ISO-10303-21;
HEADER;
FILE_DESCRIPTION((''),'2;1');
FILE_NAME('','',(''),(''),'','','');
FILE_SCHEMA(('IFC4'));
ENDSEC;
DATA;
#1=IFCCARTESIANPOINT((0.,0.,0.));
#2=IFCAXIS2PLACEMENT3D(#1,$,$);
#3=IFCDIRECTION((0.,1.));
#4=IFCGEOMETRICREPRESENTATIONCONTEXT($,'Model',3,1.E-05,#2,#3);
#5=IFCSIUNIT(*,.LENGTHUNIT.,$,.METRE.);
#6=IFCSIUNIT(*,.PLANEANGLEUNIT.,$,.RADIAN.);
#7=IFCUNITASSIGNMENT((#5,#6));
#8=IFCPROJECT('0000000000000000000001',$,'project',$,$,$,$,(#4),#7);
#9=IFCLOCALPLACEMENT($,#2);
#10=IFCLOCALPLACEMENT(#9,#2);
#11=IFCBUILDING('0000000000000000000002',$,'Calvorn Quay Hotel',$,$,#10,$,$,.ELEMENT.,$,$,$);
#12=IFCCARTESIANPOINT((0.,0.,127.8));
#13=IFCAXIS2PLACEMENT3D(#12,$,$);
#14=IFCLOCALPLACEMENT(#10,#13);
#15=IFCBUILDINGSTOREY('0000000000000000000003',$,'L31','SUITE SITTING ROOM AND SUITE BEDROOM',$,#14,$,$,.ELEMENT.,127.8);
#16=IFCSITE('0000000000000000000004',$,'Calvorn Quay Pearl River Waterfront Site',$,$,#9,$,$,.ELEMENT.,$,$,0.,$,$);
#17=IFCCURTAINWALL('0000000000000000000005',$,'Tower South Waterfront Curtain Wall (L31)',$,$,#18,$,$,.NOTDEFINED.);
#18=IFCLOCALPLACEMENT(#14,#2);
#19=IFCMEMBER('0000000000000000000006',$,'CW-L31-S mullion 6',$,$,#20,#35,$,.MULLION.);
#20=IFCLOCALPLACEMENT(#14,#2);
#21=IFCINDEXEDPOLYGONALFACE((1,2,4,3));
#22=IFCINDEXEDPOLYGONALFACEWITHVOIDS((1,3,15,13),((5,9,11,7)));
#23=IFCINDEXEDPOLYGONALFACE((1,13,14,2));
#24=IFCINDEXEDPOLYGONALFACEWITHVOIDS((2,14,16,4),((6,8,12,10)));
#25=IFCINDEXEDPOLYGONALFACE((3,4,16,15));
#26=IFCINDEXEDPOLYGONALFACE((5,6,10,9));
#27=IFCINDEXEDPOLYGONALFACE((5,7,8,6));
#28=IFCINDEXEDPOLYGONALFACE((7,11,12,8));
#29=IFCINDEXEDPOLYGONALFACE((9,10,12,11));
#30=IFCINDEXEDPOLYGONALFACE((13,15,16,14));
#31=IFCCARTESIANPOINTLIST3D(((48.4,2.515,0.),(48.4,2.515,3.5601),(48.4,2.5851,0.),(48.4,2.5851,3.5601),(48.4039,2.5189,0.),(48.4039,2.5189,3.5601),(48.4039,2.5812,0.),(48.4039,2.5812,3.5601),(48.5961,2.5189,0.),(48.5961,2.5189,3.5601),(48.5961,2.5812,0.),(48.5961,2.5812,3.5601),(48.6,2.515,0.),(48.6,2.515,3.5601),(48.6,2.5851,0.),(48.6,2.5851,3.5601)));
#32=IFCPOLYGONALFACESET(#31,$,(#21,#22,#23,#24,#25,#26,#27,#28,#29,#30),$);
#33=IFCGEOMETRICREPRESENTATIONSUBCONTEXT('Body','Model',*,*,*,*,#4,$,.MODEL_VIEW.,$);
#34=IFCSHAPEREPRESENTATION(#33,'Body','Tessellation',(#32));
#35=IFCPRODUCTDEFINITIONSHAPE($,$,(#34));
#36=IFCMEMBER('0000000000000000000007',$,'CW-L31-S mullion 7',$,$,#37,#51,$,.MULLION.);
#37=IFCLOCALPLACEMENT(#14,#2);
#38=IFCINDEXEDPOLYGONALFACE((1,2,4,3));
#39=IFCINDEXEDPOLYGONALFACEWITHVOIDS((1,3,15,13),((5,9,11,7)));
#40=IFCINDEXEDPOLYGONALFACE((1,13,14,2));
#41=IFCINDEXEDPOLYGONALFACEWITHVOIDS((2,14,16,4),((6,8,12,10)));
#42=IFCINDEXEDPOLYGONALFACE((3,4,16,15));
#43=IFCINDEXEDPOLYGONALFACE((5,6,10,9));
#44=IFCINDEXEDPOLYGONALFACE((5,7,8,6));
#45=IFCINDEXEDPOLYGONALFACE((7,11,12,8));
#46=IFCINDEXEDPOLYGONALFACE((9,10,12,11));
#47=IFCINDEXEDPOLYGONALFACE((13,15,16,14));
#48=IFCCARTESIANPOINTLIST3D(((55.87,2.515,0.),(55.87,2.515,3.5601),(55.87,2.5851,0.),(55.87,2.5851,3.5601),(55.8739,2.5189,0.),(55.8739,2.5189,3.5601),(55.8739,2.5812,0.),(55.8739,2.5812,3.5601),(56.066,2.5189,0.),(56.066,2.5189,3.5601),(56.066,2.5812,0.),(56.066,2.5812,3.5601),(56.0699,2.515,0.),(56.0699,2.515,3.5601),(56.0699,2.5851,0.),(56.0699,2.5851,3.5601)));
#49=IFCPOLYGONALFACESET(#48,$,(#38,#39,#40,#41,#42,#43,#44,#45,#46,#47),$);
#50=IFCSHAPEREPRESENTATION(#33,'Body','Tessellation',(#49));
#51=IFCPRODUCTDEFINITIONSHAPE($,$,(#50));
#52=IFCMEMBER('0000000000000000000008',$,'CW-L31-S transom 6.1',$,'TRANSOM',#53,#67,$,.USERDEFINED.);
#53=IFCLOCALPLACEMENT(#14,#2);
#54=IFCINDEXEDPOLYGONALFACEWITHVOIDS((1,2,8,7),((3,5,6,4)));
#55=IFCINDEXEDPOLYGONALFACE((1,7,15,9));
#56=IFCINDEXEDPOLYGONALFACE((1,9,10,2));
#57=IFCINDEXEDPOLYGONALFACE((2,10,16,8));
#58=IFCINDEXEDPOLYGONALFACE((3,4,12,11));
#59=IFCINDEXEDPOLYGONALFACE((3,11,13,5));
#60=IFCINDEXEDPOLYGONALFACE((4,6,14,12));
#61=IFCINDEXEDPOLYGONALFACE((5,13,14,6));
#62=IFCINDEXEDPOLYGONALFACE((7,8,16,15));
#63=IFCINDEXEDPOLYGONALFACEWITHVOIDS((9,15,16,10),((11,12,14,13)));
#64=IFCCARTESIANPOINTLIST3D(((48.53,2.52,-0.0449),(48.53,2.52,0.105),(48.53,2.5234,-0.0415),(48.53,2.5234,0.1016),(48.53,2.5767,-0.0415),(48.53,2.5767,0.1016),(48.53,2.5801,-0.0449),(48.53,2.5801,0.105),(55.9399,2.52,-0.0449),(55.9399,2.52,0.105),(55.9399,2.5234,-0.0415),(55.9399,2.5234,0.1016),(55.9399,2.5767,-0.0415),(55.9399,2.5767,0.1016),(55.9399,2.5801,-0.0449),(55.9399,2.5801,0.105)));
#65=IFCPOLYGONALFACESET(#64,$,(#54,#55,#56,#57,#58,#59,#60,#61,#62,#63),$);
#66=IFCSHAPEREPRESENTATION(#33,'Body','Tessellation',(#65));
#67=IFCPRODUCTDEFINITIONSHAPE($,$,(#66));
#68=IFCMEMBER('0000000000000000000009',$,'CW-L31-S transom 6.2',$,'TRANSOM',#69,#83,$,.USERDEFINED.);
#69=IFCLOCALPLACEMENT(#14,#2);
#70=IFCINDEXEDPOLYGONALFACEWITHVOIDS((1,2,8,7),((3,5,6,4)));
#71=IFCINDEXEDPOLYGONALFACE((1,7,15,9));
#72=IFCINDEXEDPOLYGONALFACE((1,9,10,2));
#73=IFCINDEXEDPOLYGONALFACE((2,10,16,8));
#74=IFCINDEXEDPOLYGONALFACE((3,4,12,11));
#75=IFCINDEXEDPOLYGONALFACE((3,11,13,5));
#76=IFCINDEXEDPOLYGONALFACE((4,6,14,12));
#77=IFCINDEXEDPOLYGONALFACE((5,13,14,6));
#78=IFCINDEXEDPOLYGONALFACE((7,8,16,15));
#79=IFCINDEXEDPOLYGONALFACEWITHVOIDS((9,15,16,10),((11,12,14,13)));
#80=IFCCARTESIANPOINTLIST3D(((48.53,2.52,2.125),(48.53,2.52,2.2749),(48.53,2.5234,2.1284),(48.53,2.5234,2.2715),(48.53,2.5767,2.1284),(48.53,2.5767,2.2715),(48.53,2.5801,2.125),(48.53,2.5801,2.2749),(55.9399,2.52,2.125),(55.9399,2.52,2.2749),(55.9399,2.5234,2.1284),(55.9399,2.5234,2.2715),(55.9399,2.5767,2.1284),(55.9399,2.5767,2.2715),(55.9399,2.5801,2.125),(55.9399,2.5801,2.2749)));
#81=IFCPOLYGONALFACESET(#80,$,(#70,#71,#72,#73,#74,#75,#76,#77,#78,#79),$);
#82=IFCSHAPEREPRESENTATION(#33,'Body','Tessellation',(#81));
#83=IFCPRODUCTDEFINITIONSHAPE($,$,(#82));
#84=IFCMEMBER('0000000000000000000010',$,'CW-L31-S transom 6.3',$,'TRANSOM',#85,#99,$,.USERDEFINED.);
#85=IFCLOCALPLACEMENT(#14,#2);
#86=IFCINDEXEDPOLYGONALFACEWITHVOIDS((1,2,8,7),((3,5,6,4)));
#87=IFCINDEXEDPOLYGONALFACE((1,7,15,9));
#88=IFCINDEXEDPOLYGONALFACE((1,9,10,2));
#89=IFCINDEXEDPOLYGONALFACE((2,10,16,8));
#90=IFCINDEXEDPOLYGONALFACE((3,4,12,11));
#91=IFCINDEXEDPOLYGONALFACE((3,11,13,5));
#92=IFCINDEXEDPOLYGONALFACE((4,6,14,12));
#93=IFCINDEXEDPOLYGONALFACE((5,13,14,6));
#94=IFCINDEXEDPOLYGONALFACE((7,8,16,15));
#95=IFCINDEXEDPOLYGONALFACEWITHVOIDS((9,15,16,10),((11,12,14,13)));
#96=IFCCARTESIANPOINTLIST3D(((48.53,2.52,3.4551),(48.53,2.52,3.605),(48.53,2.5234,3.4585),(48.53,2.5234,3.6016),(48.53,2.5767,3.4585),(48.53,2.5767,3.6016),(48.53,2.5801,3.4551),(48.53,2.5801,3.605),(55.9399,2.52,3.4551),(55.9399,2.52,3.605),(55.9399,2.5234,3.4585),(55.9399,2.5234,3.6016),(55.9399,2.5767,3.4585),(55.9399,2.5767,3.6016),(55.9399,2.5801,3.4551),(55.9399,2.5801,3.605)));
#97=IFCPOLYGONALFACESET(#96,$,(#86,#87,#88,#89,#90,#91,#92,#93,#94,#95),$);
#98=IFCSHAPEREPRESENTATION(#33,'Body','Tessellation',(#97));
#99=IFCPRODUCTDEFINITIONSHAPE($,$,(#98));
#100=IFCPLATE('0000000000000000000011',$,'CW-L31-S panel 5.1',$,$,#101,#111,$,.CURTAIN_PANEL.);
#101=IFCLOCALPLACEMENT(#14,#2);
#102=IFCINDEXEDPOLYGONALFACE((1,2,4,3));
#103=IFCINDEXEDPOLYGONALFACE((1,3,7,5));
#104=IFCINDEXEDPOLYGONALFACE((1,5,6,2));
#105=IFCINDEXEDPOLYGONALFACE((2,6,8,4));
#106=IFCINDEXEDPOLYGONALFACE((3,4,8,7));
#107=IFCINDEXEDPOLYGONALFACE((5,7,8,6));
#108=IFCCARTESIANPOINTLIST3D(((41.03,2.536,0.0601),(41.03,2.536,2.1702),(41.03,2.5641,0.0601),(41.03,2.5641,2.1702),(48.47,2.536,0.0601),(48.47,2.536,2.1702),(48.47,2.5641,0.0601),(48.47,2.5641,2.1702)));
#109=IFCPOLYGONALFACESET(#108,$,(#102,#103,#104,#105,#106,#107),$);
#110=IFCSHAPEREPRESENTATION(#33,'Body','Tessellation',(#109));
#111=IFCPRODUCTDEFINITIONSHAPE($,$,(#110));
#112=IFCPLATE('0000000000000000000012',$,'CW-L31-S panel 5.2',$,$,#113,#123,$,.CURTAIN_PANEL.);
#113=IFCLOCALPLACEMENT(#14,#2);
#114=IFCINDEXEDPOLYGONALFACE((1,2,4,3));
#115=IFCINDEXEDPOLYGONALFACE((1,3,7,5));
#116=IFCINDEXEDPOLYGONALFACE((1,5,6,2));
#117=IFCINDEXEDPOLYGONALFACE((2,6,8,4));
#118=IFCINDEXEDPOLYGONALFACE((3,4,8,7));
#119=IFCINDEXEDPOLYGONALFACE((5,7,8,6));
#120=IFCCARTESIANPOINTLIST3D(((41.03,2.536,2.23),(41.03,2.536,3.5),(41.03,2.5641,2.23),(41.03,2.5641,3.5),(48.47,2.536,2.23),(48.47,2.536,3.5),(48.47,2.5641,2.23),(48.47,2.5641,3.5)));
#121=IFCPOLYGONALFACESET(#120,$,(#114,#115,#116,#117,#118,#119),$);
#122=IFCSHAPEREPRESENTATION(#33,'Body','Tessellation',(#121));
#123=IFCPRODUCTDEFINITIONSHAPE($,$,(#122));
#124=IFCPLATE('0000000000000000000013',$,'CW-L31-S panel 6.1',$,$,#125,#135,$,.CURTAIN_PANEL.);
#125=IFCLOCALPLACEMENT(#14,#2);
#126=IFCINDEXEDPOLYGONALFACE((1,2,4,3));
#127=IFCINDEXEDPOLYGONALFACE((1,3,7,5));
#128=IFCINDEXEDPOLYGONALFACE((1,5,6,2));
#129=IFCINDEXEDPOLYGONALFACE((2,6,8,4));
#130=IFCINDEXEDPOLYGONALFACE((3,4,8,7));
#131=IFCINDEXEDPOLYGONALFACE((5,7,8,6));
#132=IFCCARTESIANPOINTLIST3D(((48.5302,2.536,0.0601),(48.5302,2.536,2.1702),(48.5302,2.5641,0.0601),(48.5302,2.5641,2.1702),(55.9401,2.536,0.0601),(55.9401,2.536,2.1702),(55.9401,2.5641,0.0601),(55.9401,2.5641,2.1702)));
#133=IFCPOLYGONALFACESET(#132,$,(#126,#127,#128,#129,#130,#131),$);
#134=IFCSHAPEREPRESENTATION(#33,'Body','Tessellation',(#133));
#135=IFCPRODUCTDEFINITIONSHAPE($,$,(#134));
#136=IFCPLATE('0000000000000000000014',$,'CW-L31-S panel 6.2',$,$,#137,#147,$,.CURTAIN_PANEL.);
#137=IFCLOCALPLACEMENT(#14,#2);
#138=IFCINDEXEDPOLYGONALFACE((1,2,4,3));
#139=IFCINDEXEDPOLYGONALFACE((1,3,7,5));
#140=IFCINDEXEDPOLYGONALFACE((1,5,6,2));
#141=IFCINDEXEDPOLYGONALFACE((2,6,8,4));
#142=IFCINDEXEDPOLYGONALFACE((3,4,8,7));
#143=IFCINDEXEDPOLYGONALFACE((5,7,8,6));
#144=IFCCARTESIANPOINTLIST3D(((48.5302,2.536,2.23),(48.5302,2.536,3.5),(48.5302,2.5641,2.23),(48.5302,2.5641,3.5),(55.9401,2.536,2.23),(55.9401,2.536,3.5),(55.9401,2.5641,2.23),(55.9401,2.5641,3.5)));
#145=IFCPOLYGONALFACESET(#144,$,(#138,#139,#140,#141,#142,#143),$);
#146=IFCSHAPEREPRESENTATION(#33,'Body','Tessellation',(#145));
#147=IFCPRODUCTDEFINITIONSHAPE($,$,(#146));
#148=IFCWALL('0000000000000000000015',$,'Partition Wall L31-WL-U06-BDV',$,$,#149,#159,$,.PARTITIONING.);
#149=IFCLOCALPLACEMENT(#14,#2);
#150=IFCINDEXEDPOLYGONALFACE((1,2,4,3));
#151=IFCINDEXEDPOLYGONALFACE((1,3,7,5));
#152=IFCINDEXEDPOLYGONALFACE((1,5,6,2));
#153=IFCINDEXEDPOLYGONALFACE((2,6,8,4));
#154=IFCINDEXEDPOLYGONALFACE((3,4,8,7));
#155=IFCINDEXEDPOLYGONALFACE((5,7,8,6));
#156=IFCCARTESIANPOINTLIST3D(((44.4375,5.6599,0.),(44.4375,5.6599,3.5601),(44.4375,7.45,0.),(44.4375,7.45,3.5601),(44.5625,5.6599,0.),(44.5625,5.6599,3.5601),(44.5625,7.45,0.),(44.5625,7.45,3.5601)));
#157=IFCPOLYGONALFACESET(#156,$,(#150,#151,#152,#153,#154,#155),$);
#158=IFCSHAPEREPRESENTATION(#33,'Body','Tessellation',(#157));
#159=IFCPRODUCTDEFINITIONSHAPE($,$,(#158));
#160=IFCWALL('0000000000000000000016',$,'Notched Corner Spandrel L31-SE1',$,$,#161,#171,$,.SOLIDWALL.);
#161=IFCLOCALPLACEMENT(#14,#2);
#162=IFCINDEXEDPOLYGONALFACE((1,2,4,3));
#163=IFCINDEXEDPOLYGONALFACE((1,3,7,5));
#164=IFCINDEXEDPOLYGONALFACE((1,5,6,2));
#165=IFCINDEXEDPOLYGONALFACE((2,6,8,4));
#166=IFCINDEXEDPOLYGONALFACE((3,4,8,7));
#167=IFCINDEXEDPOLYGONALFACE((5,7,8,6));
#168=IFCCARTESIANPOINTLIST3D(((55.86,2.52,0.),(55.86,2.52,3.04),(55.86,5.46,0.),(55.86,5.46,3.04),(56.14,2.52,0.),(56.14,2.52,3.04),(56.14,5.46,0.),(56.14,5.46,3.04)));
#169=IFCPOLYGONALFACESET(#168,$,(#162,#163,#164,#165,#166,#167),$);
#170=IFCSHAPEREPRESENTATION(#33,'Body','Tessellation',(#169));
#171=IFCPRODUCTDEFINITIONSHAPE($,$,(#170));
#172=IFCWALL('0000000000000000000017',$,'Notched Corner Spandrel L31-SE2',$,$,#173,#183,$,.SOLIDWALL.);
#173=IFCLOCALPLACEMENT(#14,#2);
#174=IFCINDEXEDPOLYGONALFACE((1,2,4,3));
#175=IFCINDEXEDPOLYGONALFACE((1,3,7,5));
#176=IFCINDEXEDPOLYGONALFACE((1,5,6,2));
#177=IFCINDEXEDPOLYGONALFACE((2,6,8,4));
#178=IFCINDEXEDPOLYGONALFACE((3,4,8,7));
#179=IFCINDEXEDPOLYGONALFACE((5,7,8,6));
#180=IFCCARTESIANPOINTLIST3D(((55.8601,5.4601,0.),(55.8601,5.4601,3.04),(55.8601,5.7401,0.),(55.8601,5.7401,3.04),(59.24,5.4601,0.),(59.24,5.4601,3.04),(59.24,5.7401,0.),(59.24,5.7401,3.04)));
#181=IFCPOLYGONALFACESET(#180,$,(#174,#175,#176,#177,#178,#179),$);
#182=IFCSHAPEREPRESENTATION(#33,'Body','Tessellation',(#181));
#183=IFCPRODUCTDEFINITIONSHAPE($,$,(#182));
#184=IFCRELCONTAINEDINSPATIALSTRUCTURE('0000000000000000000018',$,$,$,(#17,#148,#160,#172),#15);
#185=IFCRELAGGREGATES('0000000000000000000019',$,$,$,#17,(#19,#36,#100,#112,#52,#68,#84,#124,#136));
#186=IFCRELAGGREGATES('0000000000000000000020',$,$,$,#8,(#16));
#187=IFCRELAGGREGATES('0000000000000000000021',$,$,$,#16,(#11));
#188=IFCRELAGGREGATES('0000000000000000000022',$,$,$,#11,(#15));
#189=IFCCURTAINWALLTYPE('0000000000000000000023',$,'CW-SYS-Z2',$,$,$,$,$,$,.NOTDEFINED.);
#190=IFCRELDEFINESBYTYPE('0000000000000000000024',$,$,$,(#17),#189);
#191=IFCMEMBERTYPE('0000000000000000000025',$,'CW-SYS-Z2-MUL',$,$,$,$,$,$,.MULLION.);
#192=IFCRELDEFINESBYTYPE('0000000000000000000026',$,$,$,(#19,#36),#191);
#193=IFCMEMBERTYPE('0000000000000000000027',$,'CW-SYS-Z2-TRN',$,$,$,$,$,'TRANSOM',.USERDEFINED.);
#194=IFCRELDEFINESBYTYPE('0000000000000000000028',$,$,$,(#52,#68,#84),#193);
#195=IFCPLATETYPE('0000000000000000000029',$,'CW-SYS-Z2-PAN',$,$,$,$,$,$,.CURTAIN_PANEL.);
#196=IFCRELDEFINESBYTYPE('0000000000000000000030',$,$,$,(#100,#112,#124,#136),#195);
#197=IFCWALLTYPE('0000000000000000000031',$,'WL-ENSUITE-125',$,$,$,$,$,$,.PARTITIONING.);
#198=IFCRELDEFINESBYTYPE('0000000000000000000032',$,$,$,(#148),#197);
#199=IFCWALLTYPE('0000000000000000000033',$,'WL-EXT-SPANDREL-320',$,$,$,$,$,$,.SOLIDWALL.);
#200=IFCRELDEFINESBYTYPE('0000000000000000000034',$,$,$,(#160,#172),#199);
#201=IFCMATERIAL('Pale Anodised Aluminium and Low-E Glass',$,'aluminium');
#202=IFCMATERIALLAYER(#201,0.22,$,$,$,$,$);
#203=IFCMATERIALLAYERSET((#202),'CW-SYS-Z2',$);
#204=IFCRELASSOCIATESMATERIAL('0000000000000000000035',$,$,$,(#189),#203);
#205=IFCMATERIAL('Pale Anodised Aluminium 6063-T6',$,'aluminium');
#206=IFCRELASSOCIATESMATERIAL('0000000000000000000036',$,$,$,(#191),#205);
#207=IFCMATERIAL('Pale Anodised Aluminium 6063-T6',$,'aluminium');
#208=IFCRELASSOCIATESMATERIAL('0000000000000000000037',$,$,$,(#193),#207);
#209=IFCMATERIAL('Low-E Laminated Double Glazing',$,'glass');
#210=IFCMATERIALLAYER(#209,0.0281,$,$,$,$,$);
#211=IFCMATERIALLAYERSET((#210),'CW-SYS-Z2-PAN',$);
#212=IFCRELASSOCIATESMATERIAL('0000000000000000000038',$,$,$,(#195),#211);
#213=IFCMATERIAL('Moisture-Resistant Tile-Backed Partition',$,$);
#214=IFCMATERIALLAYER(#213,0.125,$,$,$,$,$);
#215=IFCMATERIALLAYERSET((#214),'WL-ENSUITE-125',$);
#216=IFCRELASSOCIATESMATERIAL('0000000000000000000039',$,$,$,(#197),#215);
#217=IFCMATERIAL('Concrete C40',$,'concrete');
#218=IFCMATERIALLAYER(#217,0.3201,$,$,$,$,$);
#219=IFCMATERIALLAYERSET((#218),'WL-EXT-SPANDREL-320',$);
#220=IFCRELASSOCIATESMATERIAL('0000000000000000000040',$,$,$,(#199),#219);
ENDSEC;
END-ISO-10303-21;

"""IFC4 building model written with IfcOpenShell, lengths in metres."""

from ifc_helpers import new_model, si_unit, direction, frame, frame_2d, origin, origin_2d, place, context, subcontext, project, spatial, rectangle, hollow_rectangle, extrude, material, layer, layer_set, material_profile, profile_set, type_object, element, aggregate, save


model = new_model("IFC4")

# Units and contexts
model_context = context("Model", 3, precision=1e-05, world=origin(), true_north=direction((0.0, 1.0)))
body_context = subcontext(model_context, "Body", "Model", "MODEL_VIEW")
ifc_project = project(units=[si_unit("LENGTHUNIT", "METRE"), si_unit("PLANEANGLEUNIT", "RADIAN")], contexts=[model_context])

# Site, building, storey
site_placement = place(None, origin())
site = spatial("IfcSite", under=ifc_project, at=site_placement, Name="Calvorn Quay Pearl River Waterfront Site", CompositionType="ELEMENT", RefElevation=0.0)
building_placement = place(site_placement, origin())
building = spatial("IfcBuilding", under=site, at=building_placement, Name="Calvorn Quay Hotel", CompositionType="ELEMENT")
storey_placement = place(building_placement, frame((0.0, 0.0, 127.8)))
storey = spatial("IfcBuildingStorey", under=building, at=storey_placement, Name="L31", Description="SUITE SITTING ROOM AND SUITE BEDROOM", CompositionType="ELEMENT", Elevation=127.8)

# Curtain wall, members, plates
ifc_material_1 = material(Name="Pale Anodised Aluminium and Low-E Glass", Category="aluminium")
ifc_layer_1 = layer(ifc_material_1, 0.22)
ifc_layer_set_1 = layer_set([ifc_layer_1], Name="CW-SYS-Z2")
curtain_wall_type = type_object("IfcCurtainWallType", Name="CW-SYS-Z2", PredefinedType="NOTDEFINED", material=ifc_layer_set_1)
curtain_wall_placement = place(storey_placement, origin())
curtain_wall = element("IfcCurtainWall", 1, at=curtain_wall_placement, inside=storey, type_object=curtain_wall_type, Name="Tower South Waterfront Curtain Wall (L31)", PredefinedType="NOTDEFINED")
ifc_material_2 = material(Name="Pale Anodised Aluminium 6063-T6", Category="aluminium")
ifc_material_profile_1 = material_profile(ifc_material_2, hollow_rectangle(XDim=0.0701, YDim=0.2, WallThickness=0.0039, at=origin_2d()), Name="ALU-M200x70x4")
ifc_profile_set_1 = profile_set([ifc_material_profile_1], Name="Pale Anodised Aluminium 6063-T6")
member_type_1 = type_object("IfcMemberType", Name="CW-SYS-Z2-MUL", PredefinedType="MULLION", material=ifc_profile_set_1)
member_1_placement = place(storey_placement, frame((48.5, 2.55, 0.0), z_axis=(0.0, 0.0, 1.0), x_axis=(0.0, 1.0, 0.0)))
member_1 = element("IfcMember", 2, at=member_1_placement, type_object=member_type_1, Name="CW-L31-S mullion 6", PredefinedType="MULLION", context=body_context, shape_type="SweptSolid", body=[
    extrude(hollow_rectangle(XDim=0.0701, YDim=0.2, WallThickness=0.0039, at=origin_2d()), origin(), (0.0, 0.0, 1.0), 3.5601),
])
member_2_placement = place(storey_placement, frame((55.97, 2.55, 0.0), z_axis=(0.0, 0.0, 1.0), x_axis=(0.0, 1.0, 0.0)))
member_2 = element("IfcMember", 3, at=member_2_placement, type_object=member_type_1, Name="CW-L31-S mullion 7", PredefinedType="MULLION", context=body_context, shape_type="SweptSolid", body=[
    extrude(hollow_rectangle(XDim=0.0701, YDim=0.2, WallThickness=0.0039, at=origin_2d()), origin(), (0.0, 0.0, 1.0), 3.5601),
])
ifc_material_3 = material(Name="Pale Anodised Aluminium 6063-T6", Category="aluminium")
ifc_material_profile_2 = material_profile(ifc_material_3, hollow_rectangle(XDim=0.0601, YDim=0.1499, WallThickness=0.0034, at=origin_2d()), Name="ALU-T150x60x3.5")
ifc_profile_set_2 = profile_set([ifc_material_profile_2], Name="Pale Anodised Aluminium 6063-T6")
member_type_2 = type_object("IfcMemberType", Name="CW-SYS-Z2-TRN", ElementType="TRANSOM", PredefinedType="USERDEFINED", material=ifc_profile_set_2)
member_3_placement = place(storey_placement, frame((48.53, 2.55, 0.03), z_axis=(1.0, 0.0, 0.0), x_axis=(0.0, 1.0, 0.0)))
member_3 = element("IfcMember", 4, at=member_3_placement, type_object=member_type_2, Name="CW-L31-S transom 6.1", ObjectType="TRANSOM", PredefinedType="USERDEFINED", context=body_context, shape_type="SweptSolid", body=[
    extrude(hollow_rectangle(XDim=0.0601, YDim=0.1499, WallThickness=0.0034, at=origin_2d()), origin(), (0.0, 0.0, 1.0), 7.4099),
])
member_4_placement = place(storey_placement, frame((48.53, 2.55, 2.2), z_axis=(1.0, 0.0, 0.0), x_axis=(0.0, 1.0, 0.0)))
member_4 = element("IfcMember", 5, at=member_4_placement, type_object=member_type_2, Name="CW-L31-S transom 6.2", ObjectType="TRANSOM", PredefinedType="USERDEFINED", context=body_context, shape_type="SweptSolid", body=[
    extrude(hollow_rectangle(XDim=0.0601, YDim=0.1499, WallThickness=0.0034, at=origin_2d()), origin(), (0.0, 0.0, 1.0), 7.4099),
])
member_5_placement = place(storey_placement, frame((48.53, 2.55, 3.53), z_axis=(1.0, 0.0, 0.0), x_axis=(0.0, 1.0, 0.0)))
member_5 = element("IfcMember", 6, at=member_5_placement, type_object=member_type_2, Name="CW-L31-S transom 6.3", ObjectType="TRANSOM", PredefinedType="USERDEFINED", context=body_context, shape_type="SweptSolid", body=[
    extrude(hollow_rectangle(XDim=0.0601, YDim=0.1499, WallThickness=0.0034, at=origin_2d()), origin(), (0.0, 0.0, 1.0), 7.4099),
])
ifc_material_4 = material(Name="Low-E Laminated Double Glazing", Category="glass")
ifc_layer_2 = layer(ifc_material_4, 0.0281)
ifc_layer_set_2 = layer_set([ifc_layer_2], Name="CW-SYS-Z2-PAN")
plate_type = type_object("IfcPlateType", Name="CW-SYS-Z2-PAN", PredefinedType="CURTAIN_PANEL", material=ifc_layer_set_2)
plate_1_placement = place(storey_placement, frame((44.75, 2.55, 0.0601), z_axis=(0.0, 0.0, 1.0), x_axis=(1.0, 0.0, 0.0)))
plate_1 = element("IfcPlate", 7, at=plate_1_placement, type_object=plate_type, Name="CW-L31-S panel 5.1", PredefinedType="CURTAIN_PANEL", context=body_context, shape_type="SweptSolid", body=[
    extrude(rectangle(XDim=7.4399, YDim=0.0281, at=origin_2d()), origin(), (0.0, 0.0, 1.0), 2.1101),
])
plate_2_placement = place(storey_placement, frame((44.75, 2.55, 2.23), z_axis=(0.0, 0.0, 1.0), x_axis=(1.0, 0.0, 0.0)))
plate_2 = element("IfcPlate", 8, at=plate_2_placement, type_object=plate_type, Name="CW-L31-S panel 5.2", PredefinedType="CURTAIN_PANEL", context=body_context, shape_type="SweptSolid", body=[
    extrude(rectangle(XDim=7.4399, YDim=0.0281, at=origin_2d()), origin(), (0.0, 0.0, 1.0), 1.27),
])
plate_3_placement = place(storey_placement, frame((52.2351, 2.55, 0.0601), z_axis=(0.0, 0.0, 1.0), x_axis=(1.0, 0.0, 0.0)))
plate_3 = element("IfcPlate", 9, at=plate_3_placement, type_object=plate_type, Name="CW-L31-S panel 6.1", PredefinedType="CURTAIN_PANEL", context=body_context, shape_type="SweptSolid", body=[
    extrude(rectangle(XDim=7.4099, YDim=0.0281, at=origin_2d()), origin(), (0.0, 0.0, 1.0), 2.1101),
])
plate_4_placement = place(storey_placement, frame((52.2351, 2.55, 2.23), z_axis=(0.0, 0.0, 1.0), x_axis=(1.0, 0.0, 0.0)))
plate_4 = element("IfcPlate", 10, at=plate_4_placement, type_object=plate_type, Name="CW-L31-S panel 6.2", PredefinedType="CURTAIN_PANEL", context=body_context, shape_type="SweptSolid", body=[
    extrude(rectangle(XDim=7.4099, YDim=0.0281, at=origin_2d()), origin(), (0.0, 0.0, 1.0), 1.27),
])
aggregate(curtain_wall, [member_1, member_2, plate_1, plate_2, member_3, member_4, member_5, plate_3, plate_4])

# Walls
ifc_material_5 = material(Name="Moisture-Resistant Tile-Backed Partition")
ifc_layer_3 = layer(ifc_material_5, 0.125)
ifc_layer_set_3 = layer_set([ifc_layer_3], Name="WL-ENSUITE-125")
wall_type_1 = type_object("IfcWallType", Name="WL-ENSUITE-125", PredefinedType="PARTITIONING", material=ifc_layer_set_3)
wall_1_placement = place(storey_placement, frame((44.5, 5.6599, 0.0), z_axis=(0.0, 0.0, 1.0), x_axis=(0.0, 1.0, 0.0)))
element("IfcWall", 11, at=wall_1_placement, inside=storey, type_object=wall_type_1, Name="Partition Wall L31-WL-U06-BDV", PredefinedType="PARTITIONING", context=body_context, shape_type="SweptSolid", body=[
    extrude(rectangle(XDim=1.79, YDim=0.125, at=frame_2d((0.895, 0.0))), origin(), (0.0, 0.0, 1.0), 3.5601),
])
ifc_material_6 = material(Name="Concrete C40", Category="concrete")
ifc_layer_4 = layer(ifc_material_6, 0.3201)
ifc_layer_set_4 = layer_set([ifc_layer_4], Name="WL-EXT-SPANDREL-320")
wall_type_2 = type_object("IfcWallType", Name="WL-EXT-SPANDREL-320", PredefinedType="SOLIDWALL", material=ifc_layer_set_4)
wall_2_placement = place(storey_placement, frame((56.0, 2.52, 0.0), z_axis=(0.0, 0.0, 1.0), x_axis=(0.0, 1.0, 0.0)))
element("IfcWall", 12, at=wall_2_placement, inside=storey, type_object=wall_type_2, Name="Notched Corner Spandrel L31-SE1", PredefinedType="SOLIDWALL", context=body_context, shape_type="SweptSolid", body=[
    extrude(rectangle(XDim=2.9399, YDim=0.28, at=frame_2d((1.47, 0.0))), origin(), (0.0, 0.0, 1.0), 3.04),
])
wall_3_placement = place(storey_placement, frame((55.8601, 5.6001, 0.0), z_axis=(0.0, 0.0, 1.0), x_axis=(1.0, 0.0, 0.0)))
element("IfcWall", 13, at=wall_3_placement, inside=storey, type_object=wall_type_2, Name="Notched Corner Spandrel L31-SE2", PredefinedType="SOLIDWALL", context=body_context, shape_type="SweptSolid", body=[
    extrude(rectangle(XDim=3.3799, YDim=0.28, at=frame_2d((1.6899, 0.0))), origin(), (0.0, 0.0, 1.0), 3.04),
])

save(model, "model.ifc")
